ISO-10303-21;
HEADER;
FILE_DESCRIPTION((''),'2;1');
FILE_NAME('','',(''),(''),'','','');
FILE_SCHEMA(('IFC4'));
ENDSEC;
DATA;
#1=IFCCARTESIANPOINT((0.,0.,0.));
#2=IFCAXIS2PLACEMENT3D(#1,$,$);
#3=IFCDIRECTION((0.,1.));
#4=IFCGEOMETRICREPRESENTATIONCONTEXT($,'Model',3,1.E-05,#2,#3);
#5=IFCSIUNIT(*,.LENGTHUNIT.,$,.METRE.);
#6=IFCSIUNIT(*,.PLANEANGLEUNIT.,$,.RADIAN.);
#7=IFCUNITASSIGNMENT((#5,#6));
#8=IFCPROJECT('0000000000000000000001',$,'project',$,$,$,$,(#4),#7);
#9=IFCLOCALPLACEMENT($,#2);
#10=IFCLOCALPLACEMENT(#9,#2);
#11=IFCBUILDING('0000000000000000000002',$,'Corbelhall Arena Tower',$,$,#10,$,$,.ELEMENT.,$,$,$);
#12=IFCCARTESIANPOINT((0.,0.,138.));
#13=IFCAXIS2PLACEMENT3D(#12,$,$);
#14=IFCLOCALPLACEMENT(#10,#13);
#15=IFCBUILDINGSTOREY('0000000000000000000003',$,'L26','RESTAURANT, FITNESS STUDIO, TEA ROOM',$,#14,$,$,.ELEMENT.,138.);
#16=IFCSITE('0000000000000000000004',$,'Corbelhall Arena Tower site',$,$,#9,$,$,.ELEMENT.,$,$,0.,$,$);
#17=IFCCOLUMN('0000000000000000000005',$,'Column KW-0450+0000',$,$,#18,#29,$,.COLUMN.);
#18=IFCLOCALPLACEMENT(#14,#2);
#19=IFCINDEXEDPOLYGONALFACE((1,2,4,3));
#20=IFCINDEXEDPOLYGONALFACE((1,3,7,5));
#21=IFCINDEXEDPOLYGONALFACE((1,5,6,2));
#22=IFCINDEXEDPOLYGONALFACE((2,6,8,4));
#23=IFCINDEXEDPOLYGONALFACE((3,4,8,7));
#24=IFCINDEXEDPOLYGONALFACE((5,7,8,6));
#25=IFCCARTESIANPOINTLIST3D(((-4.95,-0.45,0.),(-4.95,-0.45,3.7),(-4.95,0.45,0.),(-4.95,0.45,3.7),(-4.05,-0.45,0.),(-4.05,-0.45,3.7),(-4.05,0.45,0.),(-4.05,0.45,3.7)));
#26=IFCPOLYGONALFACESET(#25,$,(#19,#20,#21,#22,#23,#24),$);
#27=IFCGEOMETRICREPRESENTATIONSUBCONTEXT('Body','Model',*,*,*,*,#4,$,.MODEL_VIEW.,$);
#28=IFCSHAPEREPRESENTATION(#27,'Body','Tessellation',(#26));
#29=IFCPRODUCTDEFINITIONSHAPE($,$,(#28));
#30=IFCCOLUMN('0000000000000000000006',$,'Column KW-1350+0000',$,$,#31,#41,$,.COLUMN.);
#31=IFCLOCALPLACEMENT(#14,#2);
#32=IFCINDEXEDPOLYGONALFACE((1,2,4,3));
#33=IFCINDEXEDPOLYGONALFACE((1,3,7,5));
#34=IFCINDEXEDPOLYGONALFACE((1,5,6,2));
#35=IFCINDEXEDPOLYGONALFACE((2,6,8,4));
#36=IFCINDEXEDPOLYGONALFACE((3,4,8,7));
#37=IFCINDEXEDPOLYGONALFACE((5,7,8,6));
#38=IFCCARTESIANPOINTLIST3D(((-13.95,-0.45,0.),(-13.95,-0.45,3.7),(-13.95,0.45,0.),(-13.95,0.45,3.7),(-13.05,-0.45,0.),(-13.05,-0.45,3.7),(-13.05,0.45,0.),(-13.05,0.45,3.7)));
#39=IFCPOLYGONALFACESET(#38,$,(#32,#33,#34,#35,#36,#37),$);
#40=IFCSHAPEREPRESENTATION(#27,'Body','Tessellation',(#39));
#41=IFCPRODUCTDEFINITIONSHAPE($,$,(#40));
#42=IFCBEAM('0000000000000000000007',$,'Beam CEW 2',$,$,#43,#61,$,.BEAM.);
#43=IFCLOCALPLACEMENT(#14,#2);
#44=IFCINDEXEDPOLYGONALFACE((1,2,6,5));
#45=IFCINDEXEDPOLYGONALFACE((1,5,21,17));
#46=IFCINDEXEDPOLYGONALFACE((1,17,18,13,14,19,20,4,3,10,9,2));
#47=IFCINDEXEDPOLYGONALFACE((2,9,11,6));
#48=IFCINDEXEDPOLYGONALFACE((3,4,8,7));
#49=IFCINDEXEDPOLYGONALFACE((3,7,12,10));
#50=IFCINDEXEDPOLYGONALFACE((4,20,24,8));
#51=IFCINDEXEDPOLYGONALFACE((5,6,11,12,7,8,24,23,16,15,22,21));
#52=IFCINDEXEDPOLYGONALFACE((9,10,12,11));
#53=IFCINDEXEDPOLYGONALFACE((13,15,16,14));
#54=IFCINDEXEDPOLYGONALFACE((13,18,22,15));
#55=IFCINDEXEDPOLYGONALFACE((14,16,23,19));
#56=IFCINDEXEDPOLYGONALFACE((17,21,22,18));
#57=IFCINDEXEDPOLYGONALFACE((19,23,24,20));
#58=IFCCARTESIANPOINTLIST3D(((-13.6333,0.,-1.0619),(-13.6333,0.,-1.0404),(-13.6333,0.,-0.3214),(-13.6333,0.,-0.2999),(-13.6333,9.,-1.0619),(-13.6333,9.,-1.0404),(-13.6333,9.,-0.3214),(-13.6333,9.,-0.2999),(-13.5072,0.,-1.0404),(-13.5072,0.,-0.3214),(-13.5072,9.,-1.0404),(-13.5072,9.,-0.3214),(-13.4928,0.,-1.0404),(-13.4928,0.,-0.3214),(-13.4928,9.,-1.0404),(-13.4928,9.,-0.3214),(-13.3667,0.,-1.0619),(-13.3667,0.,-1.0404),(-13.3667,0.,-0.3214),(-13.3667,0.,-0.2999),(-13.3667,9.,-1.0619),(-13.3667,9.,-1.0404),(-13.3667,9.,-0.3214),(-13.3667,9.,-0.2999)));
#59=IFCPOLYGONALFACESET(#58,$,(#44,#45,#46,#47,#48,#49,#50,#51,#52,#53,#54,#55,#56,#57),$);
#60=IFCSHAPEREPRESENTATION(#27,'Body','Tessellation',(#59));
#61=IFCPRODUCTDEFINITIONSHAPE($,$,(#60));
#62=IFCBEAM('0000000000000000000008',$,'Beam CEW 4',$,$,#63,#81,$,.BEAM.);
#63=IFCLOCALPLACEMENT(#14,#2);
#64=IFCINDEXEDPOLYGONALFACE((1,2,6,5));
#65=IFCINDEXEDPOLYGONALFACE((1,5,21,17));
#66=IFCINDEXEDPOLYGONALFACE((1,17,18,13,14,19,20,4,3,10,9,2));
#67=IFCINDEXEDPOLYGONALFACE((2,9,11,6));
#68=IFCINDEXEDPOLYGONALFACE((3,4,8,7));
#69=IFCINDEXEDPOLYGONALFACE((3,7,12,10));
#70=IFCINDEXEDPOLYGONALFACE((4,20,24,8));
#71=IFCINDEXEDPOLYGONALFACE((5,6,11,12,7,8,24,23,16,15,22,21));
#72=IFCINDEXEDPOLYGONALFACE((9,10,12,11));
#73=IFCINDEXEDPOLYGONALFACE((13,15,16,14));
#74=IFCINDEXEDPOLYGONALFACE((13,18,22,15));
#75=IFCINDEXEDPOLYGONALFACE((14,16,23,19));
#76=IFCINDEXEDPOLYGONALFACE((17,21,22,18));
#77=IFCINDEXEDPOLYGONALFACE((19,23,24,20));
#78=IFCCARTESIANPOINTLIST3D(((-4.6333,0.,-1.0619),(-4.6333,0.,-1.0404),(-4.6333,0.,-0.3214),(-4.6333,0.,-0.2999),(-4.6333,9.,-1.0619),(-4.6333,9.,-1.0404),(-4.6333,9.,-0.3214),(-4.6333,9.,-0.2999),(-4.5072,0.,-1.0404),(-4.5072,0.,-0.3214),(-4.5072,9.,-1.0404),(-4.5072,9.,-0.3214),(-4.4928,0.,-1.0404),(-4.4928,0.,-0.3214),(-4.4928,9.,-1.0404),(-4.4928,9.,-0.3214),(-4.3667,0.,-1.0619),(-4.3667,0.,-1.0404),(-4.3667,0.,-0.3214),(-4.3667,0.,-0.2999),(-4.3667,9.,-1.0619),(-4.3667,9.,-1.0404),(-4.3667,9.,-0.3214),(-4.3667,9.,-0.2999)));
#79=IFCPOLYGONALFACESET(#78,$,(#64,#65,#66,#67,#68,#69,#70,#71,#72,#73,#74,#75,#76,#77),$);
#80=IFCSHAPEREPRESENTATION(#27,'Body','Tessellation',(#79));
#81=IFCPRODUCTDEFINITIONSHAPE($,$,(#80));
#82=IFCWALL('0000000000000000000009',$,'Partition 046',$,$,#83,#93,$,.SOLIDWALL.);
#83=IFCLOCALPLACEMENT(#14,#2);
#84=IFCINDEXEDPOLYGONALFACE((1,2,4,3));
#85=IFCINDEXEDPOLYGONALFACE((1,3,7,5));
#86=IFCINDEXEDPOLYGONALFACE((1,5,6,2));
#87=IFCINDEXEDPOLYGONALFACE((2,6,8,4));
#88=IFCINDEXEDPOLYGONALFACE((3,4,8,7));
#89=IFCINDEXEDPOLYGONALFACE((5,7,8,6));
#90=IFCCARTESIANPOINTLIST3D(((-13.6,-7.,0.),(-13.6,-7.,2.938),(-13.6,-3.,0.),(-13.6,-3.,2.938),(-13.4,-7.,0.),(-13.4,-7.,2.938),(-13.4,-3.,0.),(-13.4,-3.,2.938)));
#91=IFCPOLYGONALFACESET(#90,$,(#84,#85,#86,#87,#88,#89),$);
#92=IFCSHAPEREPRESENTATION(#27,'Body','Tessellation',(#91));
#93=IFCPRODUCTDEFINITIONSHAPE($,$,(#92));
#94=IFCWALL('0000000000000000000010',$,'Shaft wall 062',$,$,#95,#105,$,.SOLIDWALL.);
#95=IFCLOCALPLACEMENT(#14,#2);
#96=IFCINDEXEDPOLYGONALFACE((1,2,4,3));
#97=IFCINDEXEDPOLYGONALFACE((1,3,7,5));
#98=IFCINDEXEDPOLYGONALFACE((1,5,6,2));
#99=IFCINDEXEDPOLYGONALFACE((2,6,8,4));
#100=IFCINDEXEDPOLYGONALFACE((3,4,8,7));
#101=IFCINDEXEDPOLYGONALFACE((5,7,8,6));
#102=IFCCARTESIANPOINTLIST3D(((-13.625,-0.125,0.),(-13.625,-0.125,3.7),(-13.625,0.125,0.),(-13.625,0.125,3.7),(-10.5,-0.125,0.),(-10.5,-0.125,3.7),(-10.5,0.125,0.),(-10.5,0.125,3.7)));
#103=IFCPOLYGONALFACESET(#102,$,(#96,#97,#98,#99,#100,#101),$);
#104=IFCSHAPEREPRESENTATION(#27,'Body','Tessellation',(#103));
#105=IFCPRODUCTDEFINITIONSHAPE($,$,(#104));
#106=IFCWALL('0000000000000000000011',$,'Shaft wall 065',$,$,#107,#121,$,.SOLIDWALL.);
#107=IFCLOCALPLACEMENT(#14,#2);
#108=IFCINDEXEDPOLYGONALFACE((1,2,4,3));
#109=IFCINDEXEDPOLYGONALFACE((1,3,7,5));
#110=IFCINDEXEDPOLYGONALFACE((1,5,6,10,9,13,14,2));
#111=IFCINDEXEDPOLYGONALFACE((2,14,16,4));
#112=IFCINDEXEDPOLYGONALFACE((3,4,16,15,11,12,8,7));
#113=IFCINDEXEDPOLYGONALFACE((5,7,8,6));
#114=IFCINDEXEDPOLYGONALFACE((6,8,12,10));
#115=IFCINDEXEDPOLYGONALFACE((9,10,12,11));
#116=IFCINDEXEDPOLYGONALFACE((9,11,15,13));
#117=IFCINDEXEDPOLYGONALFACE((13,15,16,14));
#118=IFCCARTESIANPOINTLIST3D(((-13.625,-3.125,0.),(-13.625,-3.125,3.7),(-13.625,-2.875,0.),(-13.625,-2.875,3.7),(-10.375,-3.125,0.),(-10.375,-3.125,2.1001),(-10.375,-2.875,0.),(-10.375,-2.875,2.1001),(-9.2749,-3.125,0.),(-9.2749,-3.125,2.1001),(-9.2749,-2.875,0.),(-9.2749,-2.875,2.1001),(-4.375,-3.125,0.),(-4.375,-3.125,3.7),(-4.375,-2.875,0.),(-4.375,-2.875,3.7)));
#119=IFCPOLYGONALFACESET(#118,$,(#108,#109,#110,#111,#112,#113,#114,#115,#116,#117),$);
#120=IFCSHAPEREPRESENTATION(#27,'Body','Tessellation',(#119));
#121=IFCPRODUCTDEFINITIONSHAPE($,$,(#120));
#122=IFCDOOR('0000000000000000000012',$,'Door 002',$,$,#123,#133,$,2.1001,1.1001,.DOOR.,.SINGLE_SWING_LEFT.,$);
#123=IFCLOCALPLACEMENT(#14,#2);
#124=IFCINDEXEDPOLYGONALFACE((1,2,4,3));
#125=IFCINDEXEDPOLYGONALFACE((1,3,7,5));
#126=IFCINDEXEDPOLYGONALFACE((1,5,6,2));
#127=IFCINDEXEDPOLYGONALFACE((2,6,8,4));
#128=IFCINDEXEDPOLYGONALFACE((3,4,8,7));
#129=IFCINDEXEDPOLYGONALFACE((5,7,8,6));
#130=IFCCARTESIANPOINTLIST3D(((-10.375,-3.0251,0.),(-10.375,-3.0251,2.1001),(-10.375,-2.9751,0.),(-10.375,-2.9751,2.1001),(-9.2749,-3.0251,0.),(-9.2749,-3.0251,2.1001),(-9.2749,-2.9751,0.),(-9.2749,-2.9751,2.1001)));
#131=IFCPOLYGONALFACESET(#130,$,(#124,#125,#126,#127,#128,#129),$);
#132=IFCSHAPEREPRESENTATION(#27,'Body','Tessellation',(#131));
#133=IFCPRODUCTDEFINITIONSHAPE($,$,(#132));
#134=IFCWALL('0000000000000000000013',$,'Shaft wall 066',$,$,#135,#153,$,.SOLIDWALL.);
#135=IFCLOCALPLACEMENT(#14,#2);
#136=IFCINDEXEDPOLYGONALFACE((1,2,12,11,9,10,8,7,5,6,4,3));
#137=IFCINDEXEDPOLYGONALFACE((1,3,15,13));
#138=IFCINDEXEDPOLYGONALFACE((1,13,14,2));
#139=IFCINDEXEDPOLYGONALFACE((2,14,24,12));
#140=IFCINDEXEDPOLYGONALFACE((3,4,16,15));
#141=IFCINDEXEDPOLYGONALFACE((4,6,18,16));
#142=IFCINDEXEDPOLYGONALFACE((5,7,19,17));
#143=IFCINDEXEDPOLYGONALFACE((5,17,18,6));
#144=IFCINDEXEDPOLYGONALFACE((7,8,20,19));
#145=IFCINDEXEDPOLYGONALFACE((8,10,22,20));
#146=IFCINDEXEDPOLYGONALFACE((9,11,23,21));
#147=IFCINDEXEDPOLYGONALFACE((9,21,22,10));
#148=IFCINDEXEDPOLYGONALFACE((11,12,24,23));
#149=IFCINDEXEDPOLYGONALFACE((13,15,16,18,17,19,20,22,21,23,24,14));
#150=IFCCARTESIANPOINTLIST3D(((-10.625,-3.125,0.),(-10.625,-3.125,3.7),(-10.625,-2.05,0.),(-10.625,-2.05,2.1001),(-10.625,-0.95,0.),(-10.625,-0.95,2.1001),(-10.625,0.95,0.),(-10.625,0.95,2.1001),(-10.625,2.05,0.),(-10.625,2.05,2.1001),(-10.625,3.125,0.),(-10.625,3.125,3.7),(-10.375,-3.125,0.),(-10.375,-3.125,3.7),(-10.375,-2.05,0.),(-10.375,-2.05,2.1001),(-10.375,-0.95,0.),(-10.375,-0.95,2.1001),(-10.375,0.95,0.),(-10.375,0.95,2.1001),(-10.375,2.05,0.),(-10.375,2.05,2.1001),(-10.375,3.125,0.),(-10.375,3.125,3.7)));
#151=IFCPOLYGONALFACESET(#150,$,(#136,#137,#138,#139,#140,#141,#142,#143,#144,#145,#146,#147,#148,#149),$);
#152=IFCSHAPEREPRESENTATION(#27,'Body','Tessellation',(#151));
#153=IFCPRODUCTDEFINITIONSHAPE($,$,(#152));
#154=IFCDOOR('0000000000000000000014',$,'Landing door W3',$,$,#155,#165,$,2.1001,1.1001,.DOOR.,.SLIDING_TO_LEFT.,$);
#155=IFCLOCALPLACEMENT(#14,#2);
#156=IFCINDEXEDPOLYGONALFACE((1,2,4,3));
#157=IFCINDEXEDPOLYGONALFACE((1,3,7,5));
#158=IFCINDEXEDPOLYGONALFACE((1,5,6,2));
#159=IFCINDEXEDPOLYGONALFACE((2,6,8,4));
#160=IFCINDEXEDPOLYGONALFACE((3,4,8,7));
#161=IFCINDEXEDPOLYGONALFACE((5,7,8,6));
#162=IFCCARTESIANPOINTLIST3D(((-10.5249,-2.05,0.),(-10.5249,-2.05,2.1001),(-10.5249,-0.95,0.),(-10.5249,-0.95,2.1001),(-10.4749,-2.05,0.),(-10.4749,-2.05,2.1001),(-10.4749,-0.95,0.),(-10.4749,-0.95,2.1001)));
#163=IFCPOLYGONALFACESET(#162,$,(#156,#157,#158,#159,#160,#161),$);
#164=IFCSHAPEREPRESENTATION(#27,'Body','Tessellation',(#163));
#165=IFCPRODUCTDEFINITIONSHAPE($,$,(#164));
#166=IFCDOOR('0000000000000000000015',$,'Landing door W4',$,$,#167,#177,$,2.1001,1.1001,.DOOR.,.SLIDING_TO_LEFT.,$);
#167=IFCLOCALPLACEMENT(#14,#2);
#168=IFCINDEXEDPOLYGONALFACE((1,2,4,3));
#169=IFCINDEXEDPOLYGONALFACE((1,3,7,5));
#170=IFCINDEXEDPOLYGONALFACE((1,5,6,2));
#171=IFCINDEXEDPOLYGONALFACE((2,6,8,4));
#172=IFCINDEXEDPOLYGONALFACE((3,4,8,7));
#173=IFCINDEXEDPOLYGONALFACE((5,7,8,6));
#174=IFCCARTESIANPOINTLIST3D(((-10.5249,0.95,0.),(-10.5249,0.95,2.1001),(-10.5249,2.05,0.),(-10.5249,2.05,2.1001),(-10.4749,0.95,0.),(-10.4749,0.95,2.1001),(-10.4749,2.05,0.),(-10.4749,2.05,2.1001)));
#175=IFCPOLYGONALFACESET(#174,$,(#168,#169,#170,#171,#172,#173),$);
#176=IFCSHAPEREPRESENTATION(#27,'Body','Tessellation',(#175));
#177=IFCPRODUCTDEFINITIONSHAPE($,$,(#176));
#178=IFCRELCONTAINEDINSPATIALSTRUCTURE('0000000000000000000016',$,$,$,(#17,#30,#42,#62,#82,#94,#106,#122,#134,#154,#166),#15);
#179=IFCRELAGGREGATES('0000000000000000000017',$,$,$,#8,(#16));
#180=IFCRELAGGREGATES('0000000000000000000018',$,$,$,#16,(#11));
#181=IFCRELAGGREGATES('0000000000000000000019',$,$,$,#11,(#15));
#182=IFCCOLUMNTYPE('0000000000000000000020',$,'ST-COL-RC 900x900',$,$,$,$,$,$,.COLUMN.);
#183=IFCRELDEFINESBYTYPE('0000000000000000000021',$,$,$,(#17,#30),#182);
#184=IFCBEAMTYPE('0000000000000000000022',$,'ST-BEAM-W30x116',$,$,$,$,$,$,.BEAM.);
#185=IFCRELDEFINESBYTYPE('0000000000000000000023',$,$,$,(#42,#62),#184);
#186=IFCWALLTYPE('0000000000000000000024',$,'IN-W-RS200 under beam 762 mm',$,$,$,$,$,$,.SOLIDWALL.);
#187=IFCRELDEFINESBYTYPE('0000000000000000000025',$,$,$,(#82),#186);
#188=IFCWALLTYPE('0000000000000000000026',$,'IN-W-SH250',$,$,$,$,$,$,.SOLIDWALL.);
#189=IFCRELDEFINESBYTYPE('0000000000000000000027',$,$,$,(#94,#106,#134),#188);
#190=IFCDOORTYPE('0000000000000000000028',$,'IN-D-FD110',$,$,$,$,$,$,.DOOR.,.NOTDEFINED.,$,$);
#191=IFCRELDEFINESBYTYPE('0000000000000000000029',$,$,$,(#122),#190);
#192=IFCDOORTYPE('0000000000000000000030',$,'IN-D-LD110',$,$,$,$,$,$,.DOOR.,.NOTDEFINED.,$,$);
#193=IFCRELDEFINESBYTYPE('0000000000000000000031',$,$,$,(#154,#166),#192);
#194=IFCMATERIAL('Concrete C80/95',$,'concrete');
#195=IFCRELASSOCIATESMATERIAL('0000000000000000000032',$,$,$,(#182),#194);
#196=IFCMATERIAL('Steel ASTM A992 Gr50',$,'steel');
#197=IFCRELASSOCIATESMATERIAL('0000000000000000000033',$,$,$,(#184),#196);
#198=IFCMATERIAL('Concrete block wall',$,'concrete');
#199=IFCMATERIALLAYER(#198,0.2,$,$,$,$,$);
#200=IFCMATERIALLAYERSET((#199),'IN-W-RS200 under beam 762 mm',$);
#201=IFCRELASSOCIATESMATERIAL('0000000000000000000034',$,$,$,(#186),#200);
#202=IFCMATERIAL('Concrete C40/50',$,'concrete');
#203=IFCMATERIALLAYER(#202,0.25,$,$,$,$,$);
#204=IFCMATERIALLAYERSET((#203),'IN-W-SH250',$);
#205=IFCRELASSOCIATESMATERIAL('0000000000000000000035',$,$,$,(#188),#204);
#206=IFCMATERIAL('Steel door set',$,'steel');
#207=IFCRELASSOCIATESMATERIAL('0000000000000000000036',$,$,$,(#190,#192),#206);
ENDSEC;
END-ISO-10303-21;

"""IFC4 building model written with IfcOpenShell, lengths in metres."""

from ifc_helpers import new_model, si_unit, direction, frame, frame_2d, origin, origin_2d, place, context, subcontext, project, spatial, rectangle, i_section, extrude, material, layer, layer_set, material_profile, profile_set, type_object, element, fill, save


model = new_model("IFC4")

# Units and contexts
model_context = context("Model", 3, precision=1e-05, world=origin(), true_north=direction((0.0, 1.0)))
body_context = subcontext(model_context, "Body", "Model", "MODEL_VIEW")
ifc_project = project(units=[si_unit("LENGTHUNIT", "METRE"), si_unit("PLANEANGLEUNIT", "RADIAN")], contexts=[model_context])

# Site, building, storey
site_placement = place(None, origin())
site = spatial("IfcSite", under=ifc_project, at=site_placement, Name="Corbelhall Arena Tower site", CompositionType="ELEMENT", RefElevation=0.0)
building_placement = place(site_placement, origin())
building = spatial("IfcBuilding", under=site, at=building_placement, Name="Corbelhall Arena Tower", CompositionType="ELEMENT")
storey_placement = place(building_placement, frame((0.0, 0.0, 138.0)))
storey = spatial("IfcBuildingStorey", under=building, at=storey_placement, Name="L26", Description="RESTAURANT, FITNESS STUDIO, TEA ROOM", CompositionType="ELEMENT", Elevation=138.0)

# Columns
ifc_material_1 = material(Name="Concrete C80/95", Category="concrete")
ifc_material_profile_1 = material_profile(ifc_material_1, rectangle(XDim=0.8999, YDim=0.8999, at=origin_2d()))
ifc_profile_set_1 = profile_set([ifc_material_profile_1], Name="Concrete C80/95")
column_type = type_object("IfcColumnType", Name="ST-COL-RC 900x900", PredefinedType="COLUMN", material=ifc_profile_set_1)
for number, where, z_axis, x_axis, name in (
    (1, (-4.5, 0.0, 0.0), (0.0, 0.0, 1.0), (1.0, 0.0, 0.0), "Column KW-0450+0000"),
    (2, (-13.5, 0.0, 0.0), (0.0, 0.0, 1.0), (1.0, 0.0, 0.0), "Column KW-1350+0000"),
):
    element("IfcColumn", number, at=place(storey_placement, frame(where, z_axis=z_axis, x_axis=x_axis)), inside=storey, type_object=column_type, Name=name, PredefinedType="COLUMN", context=body_context, shape_type="SweptSolid", body=[
        extrude(rectangle(XDim=0.8999, YDim=0.8999, at=origin_2d()), origin(), (0.0, 0.0, 1.0), 3.7),
    ])

# Beams
ifc_material_2 = material(Name="Steel ASTM A992 Gr50", Category="steel")
ifc_material_profile_2 = material_profile(ifc_material_2, i_section(OverallWidth=0.2666, OverallDepth=0.762, WebThickness=0.0144, FlangeThickness=0.0215, at=origin_2d()))
ifc_profile_set_2 = profile_set([ifc_material_profile_2], Name="Steel ASTM A992 Gr50")
beam_type = type_object("IfcBeamType", Name="ST-BEAM-W30x116", PredefinedType="BEAM", material=ifc_profile_set_2)
for number, where, z_axis, x_axis, name in (
    (3, (-13.5, 0.0, -0.6809), (0.0, 1.0, 0.0), (-1.0, 0.0, 0.0), "Beam CEW 2"),
    (4, (-4.5, 0.0, -0.6809), (0.0, 1.0, 0.0), (-1.0, 0.0, 0.0), "Beam CEW 4"),
):
    element("IfcBeam", number, at=place(storey_placement, frame(where, z_axis=z_axis, x_axis=x_axis)), inside=storey, type_object=beam_type, Name=name, PredefinedType="BEAM", context=body_context, shape_type="SweptSolid", body=[
        extrude(i_section(OverallWidth=0.2666, OverallDepth=0.762, WebThickness=0.0144, FlangeThickness=0.0215, at=origin_2d()), origin(), (0.0, 0.0, 1.0), 9.0),
    ])

# Walls
ifc_material_3 = material(Name="Concrete block wall", Category="concrete")
ifc_layer_1 = layer(ifc_material_3, 0.2)
ifc_layer_set_1 = layer_set([ifc_layer_1], Name="IN-W-RS200 under beam 762 mm")
wall_type_1 = type_object("IfcWallType", Name="IN-W-RS200 under beam 762 mm", PredefinedType="SOLIDWALL", material=ifc_layer_set_1)
wall_1_placement = place(storey_placement, frame((-13.5, -7.0, 0.0), z_axis=(0.0, 0.0, 1.0), x_axis=(0.0, 1.0, 0.0)))
element("IfcWall", 5, at=wall_1_placement, inside=storey, type_object=wall_type_1, Name="Partition 046", PredefinedType="SOLIDWALL", context=body_context, shape_type="SweptSolid", body=[
    extrude(rectangle(XDim=4.0, YDim=0.2, at=frame_2d((2.0, 0.0))), origin(), (0.0, 0.0, 1.0), 2.938),
])
ifc_material_4 = material(Name="Concrete C40/50", Category="concrete")
ifc_layer_2 = layer(ifc_material_4, 0.25)
ifc_layer_set_2 = layer_set([ifc_layer_2], Name="IN-W-SH250")
wall_type_2 = type_object("IfcWallType", Name="IN-W-SH250", PredefinedType="SOLIDWALL", material=ifc_layer_set_2)
wall_2_placement = place(storey_placement, frame((-13.625, 0.0, 0.0), z_axis=(0.0, 0.0, 1.0), x_axis=(1.0, 0.0, 0.0)))
element("IfcWall", 6, at=wall_2_placement, inside=storey, type_object=wall_type_2, Name="Shaft wall 062", PredefinedType="SOLIDWALL", context=body_context, shape_type="SweptSolid", body=[
    extrude(rectangle(XDim=3.125, YDim=0.25, at=frame_2d((1.5625, 0.0))), origin(), (0.0, 0.0, 1.0), 3.7),
])

# Wall, opening, door
wall_3_placement = place(storey_placement, frame((-13.625, -3.0, 0.0), z_axis=(0.0, 0.0, 1.0), x_axis=(1.0, 0.0, 0.0)))
wall_3 = element("IfcWall", 7, at=wall_3_placement, inside=storey, type_object=wall_type_2, Name="Shaft wall 065", PredefinedType="SOLIDWALL", context=body_context, shape_type="SweptSolid", body=[
    extrude(rectangle(XDim=9.25, YDim=0.25, at=frame_2d((4.625, 0.0))), origin(), (0.0, 0.0, 1.0), 3.7),
])
opening_1_placement = place(wall_3_placement, frame((3.25, 0.0, 0.0)))
opening_1 = element("IfcOpeningElement", 8, at=opening_1_placement, cuts=wall_3, PredefinedType="OPENING", context=body_context, shape_type="SweptSolid", body=[
    extrude(rectangle(XDim=1.1001, YDim=2.1001, at=frame_2d((0.55, 1.05))), frame((0.0, 0.125, 0.0), z_axis=(0.0, -1.0, 0.0), x_axis=(1.0, 0.0, 0.0)), (0.0, 0.0, 1.0), 0.25),
])
ifc_material_5 = material(Name="Steel door set", Category="steel")
door_type_1 = type_object("IfcDoorType", Name="IN-D-FD110", OperationType="NOTDEFINED", PredefinedType="DOOR", material=ifc_material_5)
door_1_placement = place(opening_1_placement, origin())
door_1 = element("IfcDoor", 9, at=door_1_placement, inside=storey, type_object=door_type_1, Name="Door 002", OperationType="SINGLE_SWING_LEFT", OverallHeight=2.1001, OverallWidth=1.1001, PredefinedType="DOOR", context=body_context, shape_type="SweptSolid", body=[
    extrude(rectangle(XDim=1.1001, YDim=2.1001, at=frame_2d((0.55, 1.05))), frame((0.0, 0.0249, 0.0), z_axis=(0.0, -1.0, 0.0), x_axis=(1.0, 0.0, 0.0)), (0.0, 0.0, 1.0), 0.05),
])
fill(opening_1, door_1)

# Wall, openings, doors
wall_4_placement = place(storey_placement, frame((-10.5, -3.125, 0.0), z_axis=(0.0, 0.0, 1.0), x_axis=(0.0, 1.0, 0.0)))
wall_4 = element("IfcWall", 10, at=wall_4_placement, inside=storey, type_object=wall_type_2, Name="Shaft wall 066", PredefinedType="SOLIDWALL", context=body_context, shape_type="SweptSolid", body=[
    extrude(rectangle(XDim=6.25, YDim=0.25, at=frame_2d((3.125, 0.0))), origin(), (0.0, 0.0, 1.0), 3.7),
])
opening_2_placement = place(wall_4_placement, frame((1.075, 0.0, 0.0)))
opening_2 = element("IfcOpeningElement", 11, at=opening_2_placement, cuts=wall_4, PredefinedType="OPENING", context=body_context, shape_type="SweptSolid", body=[
    extrude(rectangle(XDim=1.1001, YDim=2.1001, at=frame_2d((0.55, 1.05))), frame((0.0, 0.125, 0.0), z_axis=(0.0, -1.0, 0.0), x_axis=(1.0, 0.0, 0.0)), (0.0, 0.0, 1.0), 0.25),
])
opening_3_placement = place(wall_4_placement, frame((4.075, 0.0, 0.0)))
opening_3 = element("IfcOpeningElement", 12, at=opening_3_placement, cuts=wall_4, PredefinedType="OPENING", context=body_context, shape_type="SweptSolid", body=[
    extrude(rectangle(XDim=1.1001, YDim=2.1001, at=frame_2d((0.55, 1.05))), frame((0.0, 0.125, 0.0), z_axis=(0.0, -1.0, 0.0), x_axis=(1.0, 0.0, 0.0)), (0.0, 0.0, 1.0), 0.25),
])
door_type_2 = type_object("IfcDoorType", Name="IN-D-LD110", OperationType="NOTDEFINED", PredefinedType="DOOR", material=ifc_material_5)
door_2_placement = place(opening_2_placement, origin())
door_2 = element("IfcDoor", 13, at=door_2_placement, inside=storey, type_object=door_type_2, Name="Landing door W3", OperationType="SLIDING_TO_LEFT", OverallHeight=2.1001, OverallWidth=1.1001, PredefinedType="DOOR", context=body_context, shape_type="SweptSolid", body=[
    extrude(rectangle(XDim=1.1001, YDim=2.1001, at=frame_2d((0.55, 1.05))), frame((0.0, 0.0249, 0.0), z_axis=(0.0, -1.0, 0.0), x_axis=(1.0, 0.0, 0.0)), (0.0, 0.0, 1.0), 0.05),
])
fill(opening_2, door_2)
door_3_placement = place(opening_3_placement, origin())
door_3 = element("IfcDoor", 14, at=door_3_placement, inside=storey, type_object=door_type_2, Name="Landing door W4", OperationType="SLIDING_TO_LEFT", OverallHeight=2.1001, OverallWidth=1.1001, PredefinedType="DOOR", context=body_context, shape_type="SweptSolid", body=[
    extrude(rectangle(XDim=1.1001, YDim=2.1001, at=frame_2d((0.55, 1.05))), frame((0.0, 0.0249, 0.0), z_axis=(0.0, -1.0, 0.0), x_axis=(1.0, 0.0, 0.0)), (0.0, 0.0, 1.0), 0.05),
])
fill(opening_3, door_3)

save(model, "model.ifc")
